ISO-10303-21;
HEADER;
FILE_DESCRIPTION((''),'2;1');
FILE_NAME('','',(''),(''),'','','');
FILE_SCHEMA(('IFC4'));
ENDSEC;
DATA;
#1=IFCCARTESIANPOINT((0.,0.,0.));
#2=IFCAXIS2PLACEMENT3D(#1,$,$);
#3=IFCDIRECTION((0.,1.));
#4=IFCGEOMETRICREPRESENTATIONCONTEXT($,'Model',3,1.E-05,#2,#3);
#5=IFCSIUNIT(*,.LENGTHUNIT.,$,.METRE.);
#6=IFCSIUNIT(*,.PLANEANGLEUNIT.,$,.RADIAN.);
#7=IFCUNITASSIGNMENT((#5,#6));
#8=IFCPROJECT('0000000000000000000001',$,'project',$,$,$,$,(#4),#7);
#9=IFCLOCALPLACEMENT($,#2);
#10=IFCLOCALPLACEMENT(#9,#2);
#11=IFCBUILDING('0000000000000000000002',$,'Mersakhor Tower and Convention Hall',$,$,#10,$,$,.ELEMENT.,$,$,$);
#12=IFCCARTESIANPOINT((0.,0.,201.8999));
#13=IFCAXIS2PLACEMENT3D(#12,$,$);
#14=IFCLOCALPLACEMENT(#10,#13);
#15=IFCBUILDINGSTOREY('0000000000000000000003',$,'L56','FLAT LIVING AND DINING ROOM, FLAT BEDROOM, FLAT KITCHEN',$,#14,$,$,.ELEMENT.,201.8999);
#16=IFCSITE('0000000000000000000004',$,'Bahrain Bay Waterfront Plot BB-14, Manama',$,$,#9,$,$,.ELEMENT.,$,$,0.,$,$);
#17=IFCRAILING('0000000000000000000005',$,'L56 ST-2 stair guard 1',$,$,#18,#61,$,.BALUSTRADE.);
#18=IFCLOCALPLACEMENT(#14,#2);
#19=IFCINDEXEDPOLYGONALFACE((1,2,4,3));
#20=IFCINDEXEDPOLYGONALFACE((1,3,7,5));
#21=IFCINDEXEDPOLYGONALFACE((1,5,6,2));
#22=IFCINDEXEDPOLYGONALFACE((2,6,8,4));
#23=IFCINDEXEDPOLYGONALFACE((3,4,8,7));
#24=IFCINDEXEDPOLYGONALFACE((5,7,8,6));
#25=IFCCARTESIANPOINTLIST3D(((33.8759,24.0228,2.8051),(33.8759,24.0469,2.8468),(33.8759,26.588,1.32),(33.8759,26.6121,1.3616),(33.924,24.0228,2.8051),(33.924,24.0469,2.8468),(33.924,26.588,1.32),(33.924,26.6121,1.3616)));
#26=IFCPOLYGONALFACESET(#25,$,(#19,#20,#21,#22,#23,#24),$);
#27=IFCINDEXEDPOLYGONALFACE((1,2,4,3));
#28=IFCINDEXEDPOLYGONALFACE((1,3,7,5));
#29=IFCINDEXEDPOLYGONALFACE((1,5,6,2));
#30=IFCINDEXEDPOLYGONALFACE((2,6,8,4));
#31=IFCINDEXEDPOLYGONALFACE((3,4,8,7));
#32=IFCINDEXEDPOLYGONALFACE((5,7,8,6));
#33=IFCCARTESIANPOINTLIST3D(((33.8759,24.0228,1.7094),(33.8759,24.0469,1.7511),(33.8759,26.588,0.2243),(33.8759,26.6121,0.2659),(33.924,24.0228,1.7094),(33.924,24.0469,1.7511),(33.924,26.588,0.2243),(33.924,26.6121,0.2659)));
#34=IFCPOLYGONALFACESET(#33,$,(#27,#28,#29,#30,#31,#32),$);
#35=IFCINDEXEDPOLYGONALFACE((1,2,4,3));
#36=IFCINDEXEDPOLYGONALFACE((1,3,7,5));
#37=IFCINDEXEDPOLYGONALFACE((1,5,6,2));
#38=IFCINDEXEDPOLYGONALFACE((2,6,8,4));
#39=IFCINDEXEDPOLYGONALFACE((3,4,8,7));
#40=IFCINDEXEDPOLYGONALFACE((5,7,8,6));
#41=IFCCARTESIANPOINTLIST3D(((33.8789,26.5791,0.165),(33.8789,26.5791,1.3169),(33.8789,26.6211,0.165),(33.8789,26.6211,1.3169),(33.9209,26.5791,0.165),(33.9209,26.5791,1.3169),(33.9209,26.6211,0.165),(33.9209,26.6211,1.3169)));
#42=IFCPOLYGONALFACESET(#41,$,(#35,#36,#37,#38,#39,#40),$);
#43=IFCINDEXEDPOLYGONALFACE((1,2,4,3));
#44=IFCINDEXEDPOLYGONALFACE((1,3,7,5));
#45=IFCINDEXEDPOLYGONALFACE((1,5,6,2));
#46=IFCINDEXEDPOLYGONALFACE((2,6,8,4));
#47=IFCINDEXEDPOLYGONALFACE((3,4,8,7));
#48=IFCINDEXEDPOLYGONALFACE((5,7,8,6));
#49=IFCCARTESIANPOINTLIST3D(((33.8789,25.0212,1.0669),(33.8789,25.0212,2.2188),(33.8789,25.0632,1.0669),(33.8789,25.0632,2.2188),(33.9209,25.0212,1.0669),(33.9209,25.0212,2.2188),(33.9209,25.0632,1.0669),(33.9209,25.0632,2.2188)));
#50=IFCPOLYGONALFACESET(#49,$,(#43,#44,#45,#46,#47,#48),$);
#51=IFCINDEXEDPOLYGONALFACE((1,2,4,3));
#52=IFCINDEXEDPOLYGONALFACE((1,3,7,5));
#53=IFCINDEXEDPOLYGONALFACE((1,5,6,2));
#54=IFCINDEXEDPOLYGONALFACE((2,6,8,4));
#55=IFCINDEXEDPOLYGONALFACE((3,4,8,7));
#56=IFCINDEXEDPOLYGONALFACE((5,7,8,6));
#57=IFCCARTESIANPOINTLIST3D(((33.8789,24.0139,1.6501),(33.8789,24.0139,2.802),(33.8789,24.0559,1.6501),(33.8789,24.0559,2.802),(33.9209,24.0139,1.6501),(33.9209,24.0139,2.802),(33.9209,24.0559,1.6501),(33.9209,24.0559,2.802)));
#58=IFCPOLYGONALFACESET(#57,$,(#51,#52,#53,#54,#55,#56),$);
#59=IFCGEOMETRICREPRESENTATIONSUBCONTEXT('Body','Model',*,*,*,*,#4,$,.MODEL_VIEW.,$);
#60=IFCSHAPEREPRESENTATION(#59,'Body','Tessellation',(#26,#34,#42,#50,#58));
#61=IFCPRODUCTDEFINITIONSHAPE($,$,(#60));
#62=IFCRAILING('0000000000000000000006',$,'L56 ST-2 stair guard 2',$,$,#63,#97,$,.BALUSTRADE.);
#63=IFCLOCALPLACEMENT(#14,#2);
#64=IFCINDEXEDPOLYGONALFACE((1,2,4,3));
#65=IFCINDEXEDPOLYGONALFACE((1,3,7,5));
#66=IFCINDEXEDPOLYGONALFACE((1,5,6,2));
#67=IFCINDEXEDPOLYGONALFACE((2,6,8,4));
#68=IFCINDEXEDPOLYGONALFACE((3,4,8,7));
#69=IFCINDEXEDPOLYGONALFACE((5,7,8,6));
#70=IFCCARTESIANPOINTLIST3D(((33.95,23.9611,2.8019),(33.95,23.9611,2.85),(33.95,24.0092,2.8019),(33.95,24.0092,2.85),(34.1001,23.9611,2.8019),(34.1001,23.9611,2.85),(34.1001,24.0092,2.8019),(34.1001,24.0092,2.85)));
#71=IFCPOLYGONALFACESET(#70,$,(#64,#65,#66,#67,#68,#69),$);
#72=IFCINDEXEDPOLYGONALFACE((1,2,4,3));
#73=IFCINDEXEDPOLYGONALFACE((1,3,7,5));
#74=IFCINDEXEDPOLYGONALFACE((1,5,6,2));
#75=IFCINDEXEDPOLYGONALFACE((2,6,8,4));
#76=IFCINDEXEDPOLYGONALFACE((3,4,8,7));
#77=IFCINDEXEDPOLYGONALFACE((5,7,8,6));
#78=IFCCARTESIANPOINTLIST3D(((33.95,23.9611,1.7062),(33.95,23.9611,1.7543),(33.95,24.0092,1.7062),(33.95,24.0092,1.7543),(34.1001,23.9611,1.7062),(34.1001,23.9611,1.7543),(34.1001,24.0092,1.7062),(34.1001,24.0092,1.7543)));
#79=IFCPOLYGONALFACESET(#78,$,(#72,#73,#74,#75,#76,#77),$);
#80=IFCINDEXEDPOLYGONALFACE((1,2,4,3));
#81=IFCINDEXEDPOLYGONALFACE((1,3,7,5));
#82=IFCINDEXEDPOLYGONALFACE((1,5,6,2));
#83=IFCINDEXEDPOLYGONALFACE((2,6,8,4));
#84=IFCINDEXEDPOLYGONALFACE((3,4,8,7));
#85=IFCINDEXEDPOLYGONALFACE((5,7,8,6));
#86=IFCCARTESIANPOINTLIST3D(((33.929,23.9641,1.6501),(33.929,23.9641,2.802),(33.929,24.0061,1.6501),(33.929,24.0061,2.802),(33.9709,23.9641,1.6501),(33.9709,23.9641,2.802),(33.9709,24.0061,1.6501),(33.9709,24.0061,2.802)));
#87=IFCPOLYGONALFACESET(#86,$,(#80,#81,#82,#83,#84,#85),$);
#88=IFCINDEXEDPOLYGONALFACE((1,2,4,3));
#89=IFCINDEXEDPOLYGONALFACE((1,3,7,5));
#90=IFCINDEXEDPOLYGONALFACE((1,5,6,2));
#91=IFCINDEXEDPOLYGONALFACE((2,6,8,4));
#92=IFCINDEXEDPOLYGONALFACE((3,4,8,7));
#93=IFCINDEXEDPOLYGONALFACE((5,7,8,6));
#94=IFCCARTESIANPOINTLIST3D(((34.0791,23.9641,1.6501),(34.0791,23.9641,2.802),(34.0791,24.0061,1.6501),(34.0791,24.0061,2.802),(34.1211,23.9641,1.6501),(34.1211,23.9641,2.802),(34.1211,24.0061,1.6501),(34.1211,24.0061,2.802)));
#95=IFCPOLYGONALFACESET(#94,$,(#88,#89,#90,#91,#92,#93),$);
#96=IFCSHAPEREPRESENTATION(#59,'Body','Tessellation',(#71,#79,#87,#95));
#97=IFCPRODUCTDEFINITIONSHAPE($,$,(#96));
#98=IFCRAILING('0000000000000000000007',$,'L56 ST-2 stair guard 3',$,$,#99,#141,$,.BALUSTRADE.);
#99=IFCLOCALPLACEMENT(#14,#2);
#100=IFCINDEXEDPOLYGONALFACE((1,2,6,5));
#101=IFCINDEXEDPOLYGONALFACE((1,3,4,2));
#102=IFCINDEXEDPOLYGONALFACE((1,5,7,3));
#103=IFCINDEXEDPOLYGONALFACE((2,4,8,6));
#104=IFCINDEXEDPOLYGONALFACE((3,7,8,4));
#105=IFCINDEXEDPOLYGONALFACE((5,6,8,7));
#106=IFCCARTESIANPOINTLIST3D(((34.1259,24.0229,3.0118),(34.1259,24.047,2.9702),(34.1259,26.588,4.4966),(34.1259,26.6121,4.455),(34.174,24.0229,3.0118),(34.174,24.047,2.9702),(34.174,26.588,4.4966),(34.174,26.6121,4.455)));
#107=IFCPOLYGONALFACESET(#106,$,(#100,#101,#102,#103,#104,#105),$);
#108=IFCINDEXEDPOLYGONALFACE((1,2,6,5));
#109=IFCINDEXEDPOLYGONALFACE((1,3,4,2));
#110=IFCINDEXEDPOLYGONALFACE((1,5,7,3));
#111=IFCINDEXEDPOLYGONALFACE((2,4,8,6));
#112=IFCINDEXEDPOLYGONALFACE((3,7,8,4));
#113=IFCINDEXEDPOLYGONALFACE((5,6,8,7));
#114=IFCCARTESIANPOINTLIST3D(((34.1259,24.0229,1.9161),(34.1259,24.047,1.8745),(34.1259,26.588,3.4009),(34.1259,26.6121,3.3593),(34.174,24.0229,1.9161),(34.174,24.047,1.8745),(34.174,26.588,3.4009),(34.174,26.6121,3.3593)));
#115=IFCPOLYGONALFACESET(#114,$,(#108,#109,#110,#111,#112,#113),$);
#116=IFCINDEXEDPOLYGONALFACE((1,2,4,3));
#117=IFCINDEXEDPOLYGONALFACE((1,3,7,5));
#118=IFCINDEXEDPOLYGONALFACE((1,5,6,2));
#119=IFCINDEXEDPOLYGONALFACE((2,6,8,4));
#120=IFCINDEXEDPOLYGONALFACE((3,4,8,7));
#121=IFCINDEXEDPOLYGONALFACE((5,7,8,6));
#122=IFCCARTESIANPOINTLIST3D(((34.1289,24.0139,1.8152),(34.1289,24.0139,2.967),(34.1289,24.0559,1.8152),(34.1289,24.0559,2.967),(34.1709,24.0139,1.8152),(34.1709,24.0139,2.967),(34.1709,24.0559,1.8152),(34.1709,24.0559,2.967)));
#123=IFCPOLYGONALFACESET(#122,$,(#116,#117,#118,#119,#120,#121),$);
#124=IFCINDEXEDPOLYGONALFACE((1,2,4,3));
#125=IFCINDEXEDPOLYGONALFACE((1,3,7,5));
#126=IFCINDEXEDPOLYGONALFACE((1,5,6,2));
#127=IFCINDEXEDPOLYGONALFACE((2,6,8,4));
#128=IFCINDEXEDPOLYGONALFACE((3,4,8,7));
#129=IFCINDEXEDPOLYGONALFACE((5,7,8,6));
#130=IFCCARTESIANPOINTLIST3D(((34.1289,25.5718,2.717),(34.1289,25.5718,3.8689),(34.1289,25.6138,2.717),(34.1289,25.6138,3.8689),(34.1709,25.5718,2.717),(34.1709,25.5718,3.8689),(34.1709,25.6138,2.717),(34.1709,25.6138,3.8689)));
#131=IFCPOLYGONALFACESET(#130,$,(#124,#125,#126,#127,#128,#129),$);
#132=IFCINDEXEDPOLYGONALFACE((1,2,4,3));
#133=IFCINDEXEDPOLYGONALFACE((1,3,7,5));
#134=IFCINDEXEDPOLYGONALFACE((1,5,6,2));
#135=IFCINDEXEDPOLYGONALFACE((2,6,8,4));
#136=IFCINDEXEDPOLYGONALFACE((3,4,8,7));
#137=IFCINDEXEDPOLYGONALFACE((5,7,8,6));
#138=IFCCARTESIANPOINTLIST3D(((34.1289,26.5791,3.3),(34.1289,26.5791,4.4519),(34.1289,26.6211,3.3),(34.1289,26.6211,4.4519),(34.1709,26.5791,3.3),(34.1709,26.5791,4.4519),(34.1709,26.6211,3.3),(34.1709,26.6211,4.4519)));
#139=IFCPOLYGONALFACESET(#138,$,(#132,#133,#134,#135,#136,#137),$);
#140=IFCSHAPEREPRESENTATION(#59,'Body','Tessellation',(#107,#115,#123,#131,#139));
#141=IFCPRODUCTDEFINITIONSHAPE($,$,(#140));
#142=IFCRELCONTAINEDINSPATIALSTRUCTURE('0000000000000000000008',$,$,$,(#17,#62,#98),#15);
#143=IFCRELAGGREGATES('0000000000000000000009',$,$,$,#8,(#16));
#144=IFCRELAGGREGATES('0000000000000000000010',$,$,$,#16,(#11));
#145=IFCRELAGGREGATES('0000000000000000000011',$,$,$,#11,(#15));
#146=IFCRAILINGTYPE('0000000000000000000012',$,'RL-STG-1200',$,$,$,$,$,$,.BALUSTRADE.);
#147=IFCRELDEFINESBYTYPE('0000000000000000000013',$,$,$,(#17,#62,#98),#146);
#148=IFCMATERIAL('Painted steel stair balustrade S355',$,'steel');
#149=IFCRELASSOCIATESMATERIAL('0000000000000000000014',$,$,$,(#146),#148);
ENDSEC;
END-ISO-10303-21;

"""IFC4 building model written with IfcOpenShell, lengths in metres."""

from ifc_helpers import new_model, si_unit, direction, frame, origin, origin_2d, place, context, subcontext, project, spatial, rectangle, extrude, material, type_object, element, save


model = new_model("IFC4")

# Units and contexts
model_context = context("Model", 3, precision=1e-05, world=origin(), true_north=direction((0.0, 1.0)))
body_context = subcontext(model_context, "Body", "Model", "MODEL_VIEW")
ifc_project = project(units=[si_unit("LENGTHUNIT", "METRE"), si_unit("PLANEANGLEUNIT", "RADIAN")], contexts=[model_context])

# Site, building, storey
site_placement = place(None, origin())
site = spatial("IfcSite", under=ifc_project, at=site_placement, Name="Bahrain Bay Waterfront Plot BB-14, Manama", CompositionType="ELEMENT", RefElevation=0.0)
building_placement = place(site_placement, origin())
building = spatial("IfcBuilding", under=site, at=building_placement, Name="Mersakhor Tower and Convention Hall", CompositionType="ELEMENT")
storey_placement = place(building_placement, frame((0.0, 0.0, 201.8999)))
storey = spatial("IfcBuildingStorey", under=building, at=storey_placement, Name="L56", Description="FLAT LIVING AND DINING ROOM, FLAT BEDROOM, FLAT KITCHEN", CompositionType="ELEMENT", Elevation=201.8999)

# Railings
ifc_material_1 = material(Name="Painted steel stair balustrade S355", Category="steel")
railing_type_1 = type_object("IfcRailingType", Name="RL-STG-1200", PredefinedType="BALUSTRADE", material=ifc_material_1)
railing_1_placement = place(storey_placement, frame((33.8999, 26.6001, 0.165)))
element("IfcRailing", 1, at=railing_1_placement, inside=storey, type_object=railing_type_1, Name="L56 ST-2 stair guard 1", PredefinedType="BALUSTRADE", context=body_context, shape_type="SweptSolid", body=[
    extrude(rectangle(XDim=0.0481, YDim=0.0481, at=origin_2d()), frame((0.0, 0.0, 1.1758), z_axis=(0.0, -0.865426, 0.501036), x_axis=(1.0, 0.0, 0.0)), (0.0, 0.0, 1.0), 2.9641),
    extrude(rectangle(XDim=0.0481, YDim=0.0481, at=origin_2d()), frame((0.0, 0.0, 0.0801), z_axis=(0.0, -0.865426, 0.501036), x_axis=(1.0, 0.0, 0.0)), (0.0, 0.0, 1.0), 2.9641),
    extrude(rectangle(XDim=0.042, YDim=0.042, at=origin_2d()), origin(), (0.0, 0.0, 1.0), 1.1519),
    extrude(rectangle(XDim=0.042, YDim=0.042, at=origin_2d()), frame((0.0, -1.5579, 0.9019)), (0.0, 0.0, 1.0), 1.1519),
    extrude(rectangle(XDim=0.042, YDim=0.042, at=origin_2d()), frame((0.0, -2.5652, 1.4851)), (0.0, 0.0, 1.0), 1.1519),
])
railing_2_placement = place(storey_placement, frame((33.95, 23.9851, 1.6501)))
element("IfcRailing", 2, at=railing_2_placement, inside=storey, type_object=railing_type_1, Name="L56 ST-2 stair guard 2", PredefinedType="BALUSTRADE", context=body_context, shape_type="SweptSolid", body=[
    extrude(rectangle(XDim=0.0481, YDim=0.0481, at=origin_2d()), frame((0.0, 0.0, 1.1758), z_axis=(1.0, 0.0, 0.0), x_axis=(0.0, 1.0, 0.0)), (0.0, 0.0, 1.0), 0.1501),
    extrude(rectangle(XDim=0.0481, YDim=0.0481, at=origin_2d()), frame((0.0, 0.0, 0.0801), z_axis=(1.0, 0.0, 0.0), x_axis=(0.0, 1.0, 0.0)), (0.0, 0.0, 1.0), 0.1501),
    extrude(rectangle(XDim=0.042, YDim=0.042, at=origin_2d()), origin(), (0.0, 0.0, 1.0), 1.1519),
    extrude(rectangle(XDim=0.042, YDim=0.042, at=origin_2d()), frame((0.1501, 0.0, 0.0)), (0.0, 0.0, 1.0), 1.1519),
])
railing_3_placement = place(storey_placement, frame((34.1499, 24.0349, 1.8152)))
element("IfcRailing", 3, at=railing_3_placement, inside=storey, type_object=railing_type_1, Name="L56 ST-2 stair guard 3", PredefinedType="BALUSTRADE", context=body_context, shape_type="SweptSolid", body=[
    extrude(rectangle(XDim=0.0481, YDim=0.0481, at=origin_2d()), frame((0.0, 0.0, 1.1758), z_axis=(0.0, 0.865462, 0.500975), x_axis=(-1.0, 0.0, 0.0)), (0.0, 0.0, 1.0), 2.9639),
    extrude(rectangle(XDim=0.0481, YDim=0.0481, at=origin_2d()), frame((0.0, 0.0, 0.0801), z_axis=(0.0, 0.865462, 0.500975), x_axis=(-1.0, 0.0, 0.0)), (0.0, 0.0, 1.0), 2.9639),
    extrude(rectangle(XDim=0.042, YDim=0.042, at=origin_2d()), origin(), (0.0, 0.0, 1.0), 1.1519),
    extrude(rectangle(XDim=0.042, YDim=0.042, at=origin_2d()), frame((0.0, 1.5579, 0.9019)), (0.0, 0.0, 1.0), 1.1519),
    extrude(rectangle(XDim=0.042, YDim=0.042, at=origin_2d()), frame((0.0, 2.5652, 1.4849)), (0.0, 0.0, 1.0), 1.1519),
])

save(model, "model.ifc")
